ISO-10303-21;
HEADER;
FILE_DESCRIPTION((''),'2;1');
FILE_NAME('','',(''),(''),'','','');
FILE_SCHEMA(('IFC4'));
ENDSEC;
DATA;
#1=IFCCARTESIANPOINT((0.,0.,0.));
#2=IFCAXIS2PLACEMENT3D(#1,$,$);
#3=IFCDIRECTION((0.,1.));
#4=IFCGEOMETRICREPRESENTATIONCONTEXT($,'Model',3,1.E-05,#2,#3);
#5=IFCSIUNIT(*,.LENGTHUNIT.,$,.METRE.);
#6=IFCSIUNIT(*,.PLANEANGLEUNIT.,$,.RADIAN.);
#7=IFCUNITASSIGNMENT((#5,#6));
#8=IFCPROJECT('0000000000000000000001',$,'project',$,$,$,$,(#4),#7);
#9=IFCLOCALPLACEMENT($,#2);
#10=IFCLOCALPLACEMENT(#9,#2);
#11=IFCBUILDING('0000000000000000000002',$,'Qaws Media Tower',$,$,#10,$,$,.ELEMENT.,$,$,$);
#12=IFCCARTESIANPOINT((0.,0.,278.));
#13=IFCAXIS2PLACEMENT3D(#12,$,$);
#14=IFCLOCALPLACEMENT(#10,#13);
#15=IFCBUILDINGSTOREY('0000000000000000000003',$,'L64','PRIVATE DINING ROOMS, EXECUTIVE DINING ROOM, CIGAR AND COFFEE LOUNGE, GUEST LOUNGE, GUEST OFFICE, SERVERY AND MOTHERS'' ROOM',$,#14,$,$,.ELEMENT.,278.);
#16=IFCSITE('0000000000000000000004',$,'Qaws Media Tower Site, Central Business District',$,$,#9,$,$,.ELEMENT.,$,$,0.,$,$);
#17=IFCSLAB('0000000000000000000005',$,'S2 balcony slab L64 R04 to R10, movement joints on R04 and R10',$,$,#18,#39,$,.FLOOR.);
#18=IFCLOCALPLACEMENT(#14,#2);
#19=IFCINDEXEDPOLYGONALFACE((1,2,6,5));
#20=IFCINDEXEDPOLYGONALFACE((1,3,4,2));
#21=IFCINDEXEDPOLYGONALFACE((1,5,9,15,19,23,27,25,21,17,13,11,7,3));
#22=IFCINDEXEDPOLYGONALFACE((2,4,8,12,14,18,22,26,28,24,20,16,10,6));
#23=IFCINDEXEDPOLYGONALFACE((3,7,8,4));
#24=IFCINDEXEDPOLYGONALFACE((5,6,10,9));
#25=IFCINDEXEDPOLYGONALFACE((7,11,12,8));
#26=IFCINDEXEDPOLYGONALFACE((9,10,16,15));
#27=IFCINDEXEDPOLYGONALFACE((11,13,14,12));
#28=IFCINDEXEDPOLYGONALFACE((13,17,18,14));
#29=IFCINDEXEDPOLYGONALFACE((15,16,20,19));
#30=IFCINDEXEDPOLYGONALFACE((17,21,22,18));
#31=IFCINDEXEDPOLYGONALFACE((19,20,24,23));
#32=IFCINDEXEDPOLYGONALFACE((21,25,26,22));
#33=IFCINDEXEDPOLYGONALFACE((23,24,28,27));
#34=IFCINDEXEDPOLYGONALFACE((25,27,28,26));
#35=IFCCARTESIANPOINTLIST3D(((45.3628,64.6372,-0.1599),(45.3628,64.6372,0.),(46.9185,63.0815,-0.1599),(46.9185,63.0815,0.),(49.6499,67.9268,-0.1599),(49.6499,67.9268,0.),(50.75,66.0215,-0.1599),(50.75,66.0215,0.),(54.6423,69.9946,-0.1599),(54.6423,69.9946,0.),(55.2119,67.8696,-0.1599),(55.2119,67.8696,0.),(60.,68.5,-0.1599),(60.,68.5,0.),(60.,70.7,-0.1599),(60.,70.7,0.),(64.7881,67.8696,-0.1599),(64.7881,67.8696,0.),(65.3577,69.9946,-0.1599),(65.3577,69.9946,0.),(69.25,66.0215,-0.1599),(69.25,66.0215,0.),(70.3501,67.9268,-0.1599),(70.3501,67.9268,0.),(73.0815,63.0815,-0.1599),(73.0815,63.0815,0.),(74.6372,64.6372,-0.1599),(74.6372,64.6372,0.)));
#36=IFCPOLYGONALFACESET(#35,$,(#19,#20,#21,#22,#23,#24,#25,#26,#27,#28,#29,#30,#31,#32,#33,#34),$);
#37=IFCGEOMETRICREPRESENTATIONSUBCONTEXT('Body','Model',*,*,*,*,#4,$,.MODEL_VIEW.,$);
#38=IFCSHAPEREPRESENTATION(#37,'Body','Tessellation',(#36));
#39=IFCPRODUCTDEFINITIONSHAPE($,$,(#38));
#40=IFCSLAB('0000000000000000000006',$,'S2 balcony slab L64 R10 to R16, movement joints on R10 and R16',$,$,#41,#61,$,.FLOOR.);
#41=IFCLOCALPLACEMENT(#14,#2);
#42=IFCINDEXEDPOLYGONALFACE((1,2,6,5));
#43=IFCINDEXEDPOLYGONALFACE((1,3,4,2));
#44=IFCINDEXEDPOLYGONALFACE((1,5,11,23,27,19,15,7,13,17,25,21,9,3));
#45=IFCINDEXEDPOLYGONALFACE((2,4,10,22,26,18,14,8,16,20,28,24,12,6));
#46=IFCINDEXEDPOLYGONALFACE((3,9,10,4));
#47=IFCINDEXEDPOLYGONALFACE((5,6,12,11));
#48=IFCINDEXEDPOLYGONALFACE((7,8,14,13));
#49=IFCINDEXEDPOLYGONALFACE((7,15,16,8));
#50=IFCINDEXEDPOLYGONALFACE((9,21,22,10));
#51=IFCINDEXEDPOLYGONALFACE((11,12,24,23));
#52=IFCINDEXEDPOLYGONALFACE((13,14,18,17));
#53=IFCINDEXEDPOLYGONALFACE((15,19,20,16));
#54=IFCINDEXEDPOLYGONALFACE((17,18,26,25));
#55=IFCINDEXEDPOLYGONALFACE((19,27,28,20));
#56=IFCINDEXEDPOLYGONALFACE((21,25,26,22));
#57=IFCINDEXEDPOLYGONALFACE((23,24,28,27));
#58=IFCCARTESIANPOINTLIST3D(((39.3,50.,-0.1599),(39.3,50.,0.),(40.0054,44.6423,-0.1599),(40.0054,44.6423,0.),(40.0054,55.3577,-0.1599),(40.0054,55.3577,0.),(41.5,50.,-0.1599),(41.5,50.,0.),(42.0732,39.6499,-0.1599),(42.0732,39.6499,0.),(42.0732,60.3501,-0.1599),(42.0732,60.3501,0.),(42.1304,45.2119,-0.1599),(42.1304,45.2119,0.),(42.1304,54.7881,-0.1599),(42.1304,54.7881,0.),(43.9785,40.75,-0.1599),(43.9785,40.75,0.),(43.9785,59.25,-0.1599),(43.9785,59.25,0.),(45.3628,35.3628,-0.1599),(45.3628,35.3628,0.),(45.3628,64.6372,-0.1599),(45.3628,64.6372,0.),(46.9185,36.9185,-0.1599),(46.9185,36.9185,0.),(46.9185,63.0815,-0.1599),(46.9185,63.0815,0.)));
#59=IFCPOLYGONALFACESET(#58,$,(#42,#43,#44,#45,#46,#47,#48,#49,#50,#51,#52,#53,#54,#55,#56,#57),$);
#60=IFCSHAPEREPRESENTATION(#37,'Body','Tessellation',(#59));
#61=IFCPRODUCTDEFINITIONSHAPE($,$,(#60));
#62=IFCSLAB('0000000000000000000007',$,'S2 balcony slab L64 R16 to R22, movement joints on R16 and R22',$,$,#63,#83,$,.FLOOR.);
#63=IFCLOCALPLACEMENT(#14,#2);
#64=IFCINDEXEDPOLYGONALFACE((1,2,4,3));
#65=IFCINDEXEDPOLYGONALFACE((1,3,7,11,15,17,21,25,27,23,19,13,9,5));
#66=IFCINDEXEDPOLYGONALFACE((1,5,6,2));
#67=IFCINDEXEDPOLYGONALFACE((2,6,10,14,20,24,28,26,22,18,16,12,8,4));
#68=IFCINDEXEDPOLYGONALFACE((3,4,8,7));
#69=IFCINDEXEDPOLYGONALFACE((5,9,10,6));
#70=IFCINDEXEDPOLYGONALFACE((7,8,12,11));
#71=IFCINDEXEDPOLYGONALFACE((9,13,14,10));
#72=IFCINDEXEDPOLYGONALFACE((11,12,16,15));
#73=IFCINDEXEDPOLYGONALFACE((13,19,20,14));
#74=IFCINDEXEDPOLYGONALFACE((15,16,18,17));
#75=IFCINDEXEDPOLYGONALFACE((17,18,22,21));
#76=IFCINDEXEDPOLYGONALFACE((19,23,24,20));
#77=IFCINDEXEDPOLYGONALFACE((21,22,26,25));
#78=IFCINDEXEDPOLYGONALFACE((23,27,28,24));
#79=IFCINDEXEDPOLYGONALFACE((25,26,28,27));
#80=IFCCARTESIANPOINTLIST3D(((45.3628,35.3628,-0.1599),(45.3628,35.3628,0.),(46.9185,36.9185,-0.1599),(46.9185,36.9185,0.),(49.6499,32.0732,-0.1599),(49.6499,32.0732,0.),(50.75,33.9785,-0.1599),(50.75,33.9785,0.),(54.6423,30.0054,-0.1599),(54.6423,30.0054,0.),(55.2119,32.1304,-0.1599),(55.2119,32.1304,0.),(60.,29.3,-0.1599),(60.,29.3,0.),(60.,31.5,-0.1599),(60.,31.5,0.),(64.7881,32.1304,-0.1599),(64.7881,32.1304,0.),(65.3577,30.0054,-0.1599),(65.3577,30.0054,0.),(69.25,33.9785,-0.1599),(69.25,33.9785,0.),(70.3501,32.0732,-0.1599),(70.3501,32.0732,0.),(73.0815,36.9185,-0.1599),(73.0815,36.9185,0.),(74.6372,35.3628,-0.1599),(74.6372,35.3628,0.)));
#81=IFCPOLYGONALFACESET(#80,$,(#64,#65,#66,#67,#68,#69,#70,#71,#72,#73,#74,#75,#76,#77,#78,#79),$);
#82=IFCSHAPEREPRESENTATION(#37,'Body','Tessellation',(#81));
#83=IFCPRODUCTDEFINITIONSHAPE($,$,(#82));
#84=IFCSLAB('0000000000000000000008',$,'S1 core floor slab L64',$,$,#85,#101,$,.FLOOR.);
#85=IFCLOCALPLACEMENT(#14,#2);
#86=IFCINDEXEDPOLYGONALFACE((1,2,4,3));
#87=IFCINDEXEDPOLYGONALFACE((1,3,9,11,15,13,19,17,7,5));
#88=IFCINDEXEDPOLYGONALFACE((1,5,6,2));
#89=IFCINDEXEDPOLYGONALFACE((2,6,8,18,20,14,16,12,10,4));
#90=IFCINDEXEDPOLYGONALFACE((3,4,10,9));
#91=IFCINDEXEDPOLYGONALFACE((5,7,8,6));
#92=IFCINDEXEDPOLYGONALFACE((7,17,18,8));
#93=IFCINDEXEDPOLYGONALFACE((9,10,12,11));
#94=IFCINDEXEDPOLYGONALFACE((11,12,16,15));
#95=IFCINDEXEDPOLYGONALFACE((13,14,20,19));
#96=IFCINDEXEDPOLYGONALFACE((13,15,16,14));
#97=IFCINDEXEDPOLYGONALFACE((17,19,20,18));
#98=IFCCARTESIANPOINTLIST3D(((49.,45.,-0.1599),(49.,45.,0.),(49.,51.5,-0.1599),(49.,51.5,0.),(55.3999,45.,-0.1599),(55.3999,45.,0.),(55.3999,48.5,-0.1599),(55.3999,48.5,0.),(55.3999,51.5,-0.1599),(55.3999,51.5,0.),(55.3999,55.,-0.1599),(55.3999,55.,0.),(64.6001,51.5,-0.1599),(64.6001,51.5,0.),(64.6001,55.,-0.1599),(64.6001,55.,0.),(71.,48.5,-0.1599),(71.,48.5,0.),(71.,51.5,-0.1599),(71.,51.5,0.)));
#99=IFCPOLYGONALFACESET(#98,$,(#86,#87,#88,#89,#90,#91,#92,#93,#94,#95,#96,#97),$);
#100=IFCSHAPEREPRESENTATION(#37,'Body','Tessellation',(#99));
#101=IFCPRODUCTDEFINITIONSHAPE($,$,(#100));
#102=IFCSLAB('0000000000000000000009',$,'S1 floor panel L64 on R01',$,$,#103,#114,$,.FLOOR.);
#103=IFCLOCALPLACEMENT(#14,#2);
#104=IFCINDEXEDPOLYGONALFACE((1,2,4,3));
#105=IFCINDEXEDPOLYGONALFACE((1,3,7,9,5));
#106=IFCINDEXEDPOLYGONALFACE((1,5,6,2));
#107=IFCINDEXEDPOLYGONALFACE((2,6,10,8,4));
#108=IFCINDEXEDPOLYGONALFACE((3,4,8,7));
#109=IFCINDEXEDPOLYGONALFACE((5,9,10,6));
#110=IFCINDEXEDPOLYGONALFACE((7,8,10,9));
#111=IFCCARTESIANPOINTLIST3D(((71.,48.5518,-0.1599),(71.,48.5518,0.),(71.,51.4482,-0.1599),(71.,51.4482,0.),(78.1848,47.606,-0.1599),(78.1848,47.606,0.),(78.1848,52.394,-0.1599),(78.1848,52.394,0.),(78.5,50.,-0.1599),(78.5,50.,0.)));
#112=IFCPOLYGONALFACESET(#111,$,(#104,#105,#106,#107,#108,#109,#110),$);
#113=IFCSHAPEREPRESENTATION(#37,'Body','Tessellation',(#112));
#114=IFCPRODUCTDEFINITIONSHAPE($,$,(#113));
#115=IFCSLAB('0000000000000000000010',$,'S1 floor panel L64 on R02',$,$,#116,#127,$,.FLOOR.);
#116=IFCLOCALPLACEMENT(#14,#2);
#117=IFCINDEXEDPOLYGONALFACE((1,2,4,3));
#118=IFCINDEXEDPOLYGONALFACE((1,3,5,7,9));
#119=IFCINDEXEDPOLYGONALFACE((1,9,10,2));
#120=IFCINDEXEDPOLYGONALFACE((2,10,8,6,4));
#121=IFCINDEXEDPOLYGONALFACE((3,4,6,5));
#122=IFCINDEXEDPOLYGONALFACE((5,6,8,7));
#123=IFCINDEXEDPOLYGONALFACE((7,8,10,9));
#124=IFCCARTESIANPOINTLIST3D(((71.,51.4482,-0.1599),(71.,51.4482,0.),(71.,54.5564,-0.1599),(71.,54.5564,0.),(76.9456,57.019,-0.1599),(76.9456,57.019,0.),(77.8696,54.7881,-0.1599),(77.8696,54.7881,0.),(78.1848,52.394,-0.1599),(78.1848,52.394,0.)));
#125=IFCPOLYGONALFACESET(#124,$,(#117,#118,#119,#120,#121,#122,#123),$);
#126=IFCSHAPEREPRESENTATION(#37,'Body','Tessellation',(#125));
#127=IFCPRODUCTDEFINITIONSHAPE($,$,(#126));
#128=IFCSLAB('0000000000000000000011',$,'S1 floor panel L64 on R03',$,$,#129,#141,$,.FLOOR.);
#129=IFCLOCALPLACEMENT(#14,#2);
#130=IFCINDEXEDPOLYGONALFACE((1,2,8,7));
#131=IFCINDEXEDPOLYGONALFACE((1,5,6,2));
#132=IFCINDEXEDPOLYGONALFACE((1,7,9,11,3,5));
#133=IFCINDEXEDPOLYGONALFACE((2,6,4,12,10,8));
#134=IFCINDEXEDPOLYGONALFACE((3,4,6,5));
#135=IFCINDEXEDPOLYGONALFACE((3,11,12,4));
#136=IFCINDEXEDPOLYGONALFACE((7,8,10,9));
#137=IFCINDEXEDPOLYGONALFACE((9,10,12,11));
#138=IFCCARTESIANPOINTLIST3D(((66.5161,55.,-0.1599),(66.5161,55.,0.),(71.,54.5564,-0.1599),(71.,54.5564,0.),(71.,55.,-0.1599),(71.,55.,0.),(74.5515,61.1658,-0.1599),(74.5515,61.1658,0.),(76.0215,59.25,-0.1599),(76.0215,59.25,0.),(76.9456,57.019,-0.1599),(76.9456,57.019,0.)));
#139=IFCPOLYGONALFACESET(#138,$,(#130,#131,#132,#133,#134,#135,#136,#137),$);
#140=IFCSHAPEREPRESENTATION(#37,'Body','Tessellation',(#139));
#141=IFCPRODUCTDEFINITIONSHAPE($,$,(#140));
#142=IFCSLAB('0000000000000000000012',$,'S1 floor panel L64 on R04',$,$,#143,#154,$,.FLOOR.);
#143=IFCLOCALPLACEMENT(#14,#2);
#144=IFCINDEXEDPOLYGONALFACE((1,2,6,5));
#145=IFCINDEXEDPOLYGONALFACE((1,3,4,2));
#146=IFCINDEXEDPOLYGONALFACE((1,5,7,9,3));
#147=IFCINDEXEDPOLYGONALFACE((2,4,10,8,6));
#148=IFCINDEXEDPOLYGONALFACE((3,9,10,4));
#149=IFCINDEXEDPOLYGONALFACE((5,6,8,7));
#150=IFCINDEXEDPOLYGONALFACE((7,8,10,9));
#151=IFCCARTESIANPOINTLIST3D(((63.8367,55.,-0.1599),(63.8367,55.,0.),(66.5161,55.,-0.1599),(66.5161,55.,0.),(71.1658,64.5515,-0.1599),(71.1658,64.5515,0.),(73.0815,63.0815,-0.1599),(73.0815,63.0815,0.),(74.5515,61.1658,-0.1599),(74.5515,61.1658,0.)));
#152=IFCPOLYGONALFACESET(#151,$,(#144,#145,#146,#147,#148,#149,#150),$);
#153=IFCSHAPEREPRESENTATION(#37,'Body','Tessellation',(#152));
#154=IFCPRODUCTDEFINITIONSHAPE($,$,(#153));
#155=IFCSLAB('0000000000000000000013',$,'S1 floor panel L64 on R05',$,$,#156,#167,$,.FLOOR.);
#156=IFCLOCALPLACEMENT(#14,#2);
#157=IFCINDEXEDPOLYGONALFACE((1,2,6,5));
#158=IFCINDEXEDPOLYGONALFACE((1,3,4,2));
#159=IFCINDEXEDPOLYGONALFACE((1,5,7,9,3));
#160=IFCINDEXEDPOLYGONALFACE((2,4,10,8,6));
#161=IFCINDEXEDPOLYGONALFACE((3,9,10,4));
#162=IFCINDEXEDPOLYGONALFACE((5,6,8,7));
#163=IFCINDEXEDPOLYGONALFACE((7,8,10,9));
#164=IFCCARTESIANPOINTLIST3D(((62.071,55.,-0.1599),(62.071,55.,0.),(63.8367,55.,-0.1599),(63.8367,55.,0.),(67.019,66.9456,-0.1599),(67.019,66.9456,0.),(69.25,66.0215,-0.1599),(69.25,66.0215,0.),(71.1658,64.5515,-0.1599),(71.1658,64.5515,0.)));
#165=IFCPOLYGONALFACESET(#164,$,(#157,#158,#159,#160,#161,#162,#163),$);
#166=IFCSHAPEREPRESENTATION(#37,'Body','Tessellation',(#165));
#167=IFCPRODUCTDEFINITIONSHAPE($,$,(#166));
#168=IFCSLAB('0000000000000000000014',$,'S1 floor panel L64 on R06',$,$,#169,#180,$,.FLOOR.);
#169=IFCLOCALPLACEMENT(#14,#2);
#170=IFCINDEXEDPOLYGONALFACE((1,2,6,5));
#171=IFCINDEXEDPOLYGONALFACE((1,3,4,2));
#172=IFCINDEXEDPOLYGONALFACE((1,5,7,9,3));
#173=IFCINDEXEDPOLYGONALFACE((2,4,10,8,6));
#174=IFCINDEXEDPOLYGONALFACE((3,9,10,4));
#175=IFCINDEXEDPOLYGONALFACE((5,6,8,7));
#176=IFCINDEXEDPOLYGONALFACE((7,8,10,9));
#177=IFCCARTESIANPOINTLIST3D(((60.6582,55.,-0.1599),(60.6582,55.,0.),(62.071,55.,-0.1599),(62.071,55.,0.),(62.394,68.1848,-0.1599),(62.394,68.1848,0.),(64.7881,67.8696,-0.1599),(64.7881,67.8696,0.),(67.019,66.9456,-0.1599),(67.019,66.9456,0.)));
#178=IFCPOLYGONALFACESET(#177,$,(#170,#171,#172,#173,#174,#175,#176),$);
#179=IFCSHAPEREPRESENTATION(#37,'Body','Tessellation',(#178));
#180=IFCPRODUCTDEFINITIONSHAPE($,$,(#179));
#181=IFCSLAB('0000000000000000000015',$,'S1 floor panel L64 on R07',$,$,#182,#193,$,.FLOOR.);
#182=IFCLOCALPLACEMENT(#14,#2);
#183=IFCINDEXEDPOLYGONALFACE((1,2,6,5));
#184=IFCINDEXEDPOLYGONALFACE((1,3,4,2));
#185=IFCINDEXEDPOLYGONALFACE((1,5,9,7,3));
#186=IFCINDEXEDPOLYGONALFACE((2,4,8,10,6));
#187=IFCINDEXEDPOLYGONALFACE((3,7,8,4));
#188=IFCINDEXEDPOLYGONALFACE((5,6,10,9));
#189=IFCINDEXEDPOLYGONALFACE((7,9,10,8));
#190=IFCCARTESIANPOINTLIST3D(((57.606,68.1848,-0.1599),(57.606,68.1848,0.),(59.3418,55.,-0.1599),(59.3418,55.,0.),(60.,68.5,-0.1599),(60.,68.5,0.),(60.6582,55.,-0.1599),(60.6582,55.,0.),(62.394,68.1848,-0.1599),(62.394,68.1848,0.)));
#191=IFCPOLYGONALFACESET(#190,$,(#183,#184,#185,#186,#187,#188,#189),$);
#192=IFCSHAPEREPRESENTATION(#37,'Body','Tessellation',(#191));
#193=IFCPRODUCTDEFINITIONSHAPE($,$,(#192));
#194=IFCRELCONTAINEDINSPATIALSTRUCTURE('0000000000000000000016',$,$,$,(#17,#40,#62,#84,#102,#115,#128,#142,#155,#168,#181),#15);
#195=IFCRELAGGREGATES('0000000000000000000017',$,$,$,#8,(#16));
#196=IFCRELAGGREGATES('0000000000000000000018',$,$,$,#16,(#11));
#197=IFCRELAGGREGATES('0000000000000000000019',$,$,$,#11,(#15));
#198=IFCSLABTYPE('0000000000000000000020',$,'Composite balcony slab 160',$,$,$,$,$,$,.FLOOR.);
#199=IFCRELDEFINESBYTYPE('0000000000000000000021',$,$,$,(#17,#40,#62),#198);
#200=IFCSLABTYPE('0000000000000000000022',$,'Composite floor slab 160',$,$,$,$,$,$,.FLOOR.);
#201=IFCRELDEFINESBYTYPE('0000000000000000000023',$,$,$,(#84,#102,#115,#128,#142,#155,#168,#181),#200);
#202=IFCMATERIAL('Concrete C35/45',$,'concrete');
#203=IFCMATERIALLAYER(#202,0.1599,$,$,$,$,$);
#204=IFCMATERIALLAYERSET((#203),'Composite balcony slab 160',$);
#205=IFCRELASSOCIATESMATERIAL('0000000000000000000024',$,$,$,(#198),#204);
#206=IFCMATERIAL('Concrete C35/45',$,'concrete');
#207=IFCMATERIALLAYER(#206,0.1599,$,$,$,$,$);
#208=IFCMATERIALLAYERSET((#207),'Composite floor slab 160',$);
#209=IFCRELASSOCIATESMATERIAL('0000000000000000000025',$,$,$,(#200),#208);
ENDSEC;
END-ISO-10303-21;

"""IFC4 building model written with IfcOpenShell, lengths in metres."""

from ifc_helpers import new_model, si_unit, direction, frame, origin, place, context, subcontext, project, spatial, polyline, outline, extrude, material, layer, layer_set, type_object, element, save


model = new_model("IFC4")

# Units and contexts
model_context = context("Model", 3, precision=1e-05, world=origin(), true_north=direction((0.0, 1.0)))
body_context = subcontext(model_context, "Body", "Model", "MODEL_VIEW")
ifc_project = project(units=[si_unit("LENGTHUNIT", "METRE"), si_unit("PLANEANGLEUNIT", "RADIAN")], contexts=[model_context])

# Site, building, storey
site_placement = place(None, origin())
site = spatial("IfcSite", under=ifc_project, at=site_placement, Name="Qaws Media Tower Site, Central Business District", CompositionType="ELEMENT", RefElevation=0.0)
building_placement = place(site_placement, origin())
building = spatial("IfcBuilding", under=site, at=building_placement, Name="Qaws Media Tower", CompositionType="ELEMENT")
storey_placement = place(building_placement, frame((0.0, 0.0, 278.0)))
storey = spatial("IfcBuildingStorey", under=building, at=storey_placement, Name="L64", Description="PRIVATE DINING ROOMS, EXECUTIVE DINING ROOM, CIGAR AND COFFEE LOUNGE, GUEST LOUNGE, GUEST OFFICE, SERVERY AND MOTHERS' ROOM", CompositionType="ELEMENT", Elevation=278.0)

# Slabs
ifc_material_1 = material(Name="Concrete C35/45", Category="concrete")
ifc_layer_1 = layer(ifc_material_1, 0.1599)
ifc_layer_set_1 = layer_set([ifc_layer_1], Name="Composite balcony slab 160")
slab_type_1 = type_object("IfcSlabType", Name="Composite balcony slab 160", PredefinedType="FLOOR", material=ifc_layer_set_1)
slab_1_placement = place(storey_placement, frame((0.0, 0.0, -0.1599)))
element("IfcSlab", 1, at=slab_1_placement, inside=storey, type_object=slab_type_1, Name="S2 balcony slab L64 R04 to R10, movement joints on R04 and R10", PredefinedType="FLOOR", context=body_context, shape_type="SweptSolid", body=[
    extrude(outline(polyline([(45.3628, 64.6372), (49.6499, 67.9268), (54.6423, 69.9946), (60.0, 70.7), (65.3577, 69.9946), (70.3501, 67.9268), (74.6372, 64.6372), (73.0815, 63.0815), (69.25, 66.0215), (64.7881, 67.8696), (60.0, 68.5), (55.2119, 67.8696), (50.75, 66.0215), (46.9185, 63.0815), (45.3628, 64.6372)])), origin(), (0.0, 0.0, 1.0), 0.1599),
])
slab_2_placement = place(storey_placement, frame((0.0, 0.0, -0.1599)))
element("IfcSlab", 2, at=slab_2_placement, inside=storey, type_object=slab_type_1, Name="S2 balcony slab L64 R10 to R16, movement joints on R10 and R16", PredefinedType="FLOOR", context=body_context, shape_type="SweptSolid", body=[
    extrude(outline(polyline([(42.0732, 39.6499), (40.0054, 44.6423), (39.3, 50.0), (40.0054, 55.3577), (42.0732, 60.3501), (45.3628, 64.6372), (46.9185, 63.0815), (43.9785, 59.25), (42.1304, 54.7881), (41.5, 50.0), (42.1304, 45.2119), (43.9785, 40.75), (46.9185, 36.9185), (45.3628, 35.3628), (42.0732, 39.6499)])), origin(), (0.0, 0.0, 1.0), 0.1599),
])
slab_3_placement = place(storey_placement, frame((0.0, 0.0, -0.1599)))
element("IfcSlab", 3, at=slab_3_placement, inside=storey, type_object=slab_type_1, Name="S2 balcony slab L64 R16 to R22, movement joints on R16 and R22", PredefinedType="FLOOR", context=body_context, shape_type="SweptSolid", body=[
    extrude(outline(polyline([(70.3501, 32.0732), (65.3577, 30.0054), (60.0, 29.3), (54.6423, 30.0054), (49.6499, 32.0732), (45.3628, 35.3628), (46.9185, 36.9185), (50.75, 33.9785), (55.2119, 32.1304), (60.0, 31.5), (64.7881, 32.1304), (69.25, 33.9785), (73.0815, 36.9185), (74.6372, 35.3628), (70.3501, 32.0732)])), origin(), (0.0, 0.0, 1.0), 0.1599),
])
ifc_material_2 = material(Name="Concrete C35/45", Category="concrete")
ifc_layer_2 = layer(ifc_material_2, 0.1599)
ifc_layer_set_2 = layer_set([ifc_layer_2], Name="Composite floor slab 160")
slab_type_2 = type_object("IfcSlabType", Name="Composite floor slab 160", PredefinedType="FLOOR", material=ifc_layer_set_2)
slab_4_placement = place(storey_placement, frame((0.0, 0.0, -0.1599)))
element("IfcSlab", 4, at=slab_4_placement, inside=storey, type_object=slab_type_2, Name="S1 core floor slab L64", PredefinedType="FLOOR", context=body_context, shape_type="SweptSolid", body=[
    extrude(outline(polyline([(71.0, 51.5), (71.0, 48.5), (55.3999, 48.5), (55.3999, 45.0), (49.0, 45.0), (49.0, 51.5), (55.3999, 51.5), (55.3999, 55.0), (64.6001, 55.0), (64.6001, 51.5), (71.0, 51.5)])), origin(), (0.0, 0.0, 1.0), 0.1599),
])
slab_5_placement = place(storey_placement, frame((0.0, 0.0, -0.1599)))
element("IfcSlab", 5, at=slab_5_placement, inside=storey, type_object=slab_type_2, Name="S1 floor panel L64 on R01", PredefinedType="FLOOR", context=body_context, shape_type="SweptSolid", body=[
    extrude(outline(polyline([(78.5, 50.0), (78.1848, 47.606), (71.0, 48.5518), (71.0, 51.4482), (78.1848, 52.394), (78.5, 50.0)])), origin(), (0.0, 0.0, 1.0), 0.1599),
])
slab_6_placement = place(storey_placement, frame((0.0, 0.0, -0.1599)))
element("IfcSlab", 6, at=slab_6_placement, inside=storey, type_object=slab_type_2, Name="S1 floor panel L64 on R02", PredefinedType="FLOOR", context=body_context, shape_type="SweptSolid", body=[
    extrude(outline(polyline([(77.8696, 54.7881), (78.1848, 52.394), (71.0, 51.4482), (71.0, 54.5564), (76.9456, 57.019), (77.8696, 54.7881)])), origin(), (0.0, 0.0, 1.0), 0.1599),
])
slab_7_placement = place(storey_placement, frame((0.0, 0.0, -0.1599)))
element("IfcSlab", 7, at=slab_7_placement, inside=storey, type_object=slab_type_2, Name="S1 floor panel L64 on R03", PredefinedType="FLOOR", context=body_context, shape_type="SweptSolid", body=[
    extrude(outline(polyline([(76.0215, 59.25), (76.9456, 57.019), (71.0, 54.5564), (71.0, 55.0), (66.5161, 55.0), (74.5515, 61.1658), (76.0215, 59.25)])), origin(), (0.0, 0.0, 1.0), 0.1599),
])
slab_8_placement = place(storey_placement, frame((0.0, 0.0, -0.1599)))
element("IfcSlab", 8, at=slab_8_placement, inside=storey, type_object=slab_type_2, Name="S1 floor panel L64 on R04", PredefinedType="FLOOR", context=body_context, shape_type="SweptSolid", body=[
    extrude(outline(polyline([(73.0815, 63.0815), (74.5515, 61.1658), (66.5161, 55.0), (63.8367, 55.0), (71.1658, 64.5515), (73.0815, 63.0815)])), origin(), (0.0, 0.0, 1.0), 0.1599),
])
slab_9_placement = place(storey_placement, frame((0.0, 0.0, -0.1599)))
element("IfcSlab", 9, at=slab_9_placement, inside=storey, type_object=slab_type_2, Name="S1 floor panel L64 on R05", PredefinedType="FLOOR", context=body_context, shape_type="SweptSolid", body=[
    extrude(outline(polyline([(69.25, 66.0215), (71.1658, 64.5515), (63.8367, 55.0), (62.071, 55.0), (67.019, 66.9456), (69.25, 66.0215)])), origin(), (0.0, 0.0, 1.0), 0.1599),
])
slab_10_placement = place(storey_placement, frame((0.0, 0.0, -0.1599)))
element("IfcSlab", 10, at=slab_10_placement, inside=storey, type_object=slab_type_2, Name="S1 floor panel L64 on R06", PredefinedType="FLOOR", context=body_context, shape_type="SweptSolid", body=[
    extrude(outline(polyline([(64.7881, 67.8696), (67.019, 66.9456), (62.071, 55.0), (60.6582, 55.0), (62.394, 68.1848), (64.7881, 67.8696)])), origin(), (0.0, 0.0, 1.0), 0.1599),
])
slab_11_placement = place(storey_placement, frame((0.0, 0.0, -0.1599)))
element("IfcSlab", 11, at=slab_11_placement, inside=storey, type_object=slab_type_2, Name="S1 floor panel L64 on R07", PredefinedType="FLOOR", context=body_context, shape_type="SweptSolid", body=[
    extrude(outline(polyline([(60.0, 68.5), (62.394, 68.1848), (60.6582, 55.0), (59.3418, 55.0), (57.606, 68.1848), (60.0, 68.5)])), origin(), (0.0, 0.0, 1.0), 0.1599),
])

save(model, "model.ifc")
